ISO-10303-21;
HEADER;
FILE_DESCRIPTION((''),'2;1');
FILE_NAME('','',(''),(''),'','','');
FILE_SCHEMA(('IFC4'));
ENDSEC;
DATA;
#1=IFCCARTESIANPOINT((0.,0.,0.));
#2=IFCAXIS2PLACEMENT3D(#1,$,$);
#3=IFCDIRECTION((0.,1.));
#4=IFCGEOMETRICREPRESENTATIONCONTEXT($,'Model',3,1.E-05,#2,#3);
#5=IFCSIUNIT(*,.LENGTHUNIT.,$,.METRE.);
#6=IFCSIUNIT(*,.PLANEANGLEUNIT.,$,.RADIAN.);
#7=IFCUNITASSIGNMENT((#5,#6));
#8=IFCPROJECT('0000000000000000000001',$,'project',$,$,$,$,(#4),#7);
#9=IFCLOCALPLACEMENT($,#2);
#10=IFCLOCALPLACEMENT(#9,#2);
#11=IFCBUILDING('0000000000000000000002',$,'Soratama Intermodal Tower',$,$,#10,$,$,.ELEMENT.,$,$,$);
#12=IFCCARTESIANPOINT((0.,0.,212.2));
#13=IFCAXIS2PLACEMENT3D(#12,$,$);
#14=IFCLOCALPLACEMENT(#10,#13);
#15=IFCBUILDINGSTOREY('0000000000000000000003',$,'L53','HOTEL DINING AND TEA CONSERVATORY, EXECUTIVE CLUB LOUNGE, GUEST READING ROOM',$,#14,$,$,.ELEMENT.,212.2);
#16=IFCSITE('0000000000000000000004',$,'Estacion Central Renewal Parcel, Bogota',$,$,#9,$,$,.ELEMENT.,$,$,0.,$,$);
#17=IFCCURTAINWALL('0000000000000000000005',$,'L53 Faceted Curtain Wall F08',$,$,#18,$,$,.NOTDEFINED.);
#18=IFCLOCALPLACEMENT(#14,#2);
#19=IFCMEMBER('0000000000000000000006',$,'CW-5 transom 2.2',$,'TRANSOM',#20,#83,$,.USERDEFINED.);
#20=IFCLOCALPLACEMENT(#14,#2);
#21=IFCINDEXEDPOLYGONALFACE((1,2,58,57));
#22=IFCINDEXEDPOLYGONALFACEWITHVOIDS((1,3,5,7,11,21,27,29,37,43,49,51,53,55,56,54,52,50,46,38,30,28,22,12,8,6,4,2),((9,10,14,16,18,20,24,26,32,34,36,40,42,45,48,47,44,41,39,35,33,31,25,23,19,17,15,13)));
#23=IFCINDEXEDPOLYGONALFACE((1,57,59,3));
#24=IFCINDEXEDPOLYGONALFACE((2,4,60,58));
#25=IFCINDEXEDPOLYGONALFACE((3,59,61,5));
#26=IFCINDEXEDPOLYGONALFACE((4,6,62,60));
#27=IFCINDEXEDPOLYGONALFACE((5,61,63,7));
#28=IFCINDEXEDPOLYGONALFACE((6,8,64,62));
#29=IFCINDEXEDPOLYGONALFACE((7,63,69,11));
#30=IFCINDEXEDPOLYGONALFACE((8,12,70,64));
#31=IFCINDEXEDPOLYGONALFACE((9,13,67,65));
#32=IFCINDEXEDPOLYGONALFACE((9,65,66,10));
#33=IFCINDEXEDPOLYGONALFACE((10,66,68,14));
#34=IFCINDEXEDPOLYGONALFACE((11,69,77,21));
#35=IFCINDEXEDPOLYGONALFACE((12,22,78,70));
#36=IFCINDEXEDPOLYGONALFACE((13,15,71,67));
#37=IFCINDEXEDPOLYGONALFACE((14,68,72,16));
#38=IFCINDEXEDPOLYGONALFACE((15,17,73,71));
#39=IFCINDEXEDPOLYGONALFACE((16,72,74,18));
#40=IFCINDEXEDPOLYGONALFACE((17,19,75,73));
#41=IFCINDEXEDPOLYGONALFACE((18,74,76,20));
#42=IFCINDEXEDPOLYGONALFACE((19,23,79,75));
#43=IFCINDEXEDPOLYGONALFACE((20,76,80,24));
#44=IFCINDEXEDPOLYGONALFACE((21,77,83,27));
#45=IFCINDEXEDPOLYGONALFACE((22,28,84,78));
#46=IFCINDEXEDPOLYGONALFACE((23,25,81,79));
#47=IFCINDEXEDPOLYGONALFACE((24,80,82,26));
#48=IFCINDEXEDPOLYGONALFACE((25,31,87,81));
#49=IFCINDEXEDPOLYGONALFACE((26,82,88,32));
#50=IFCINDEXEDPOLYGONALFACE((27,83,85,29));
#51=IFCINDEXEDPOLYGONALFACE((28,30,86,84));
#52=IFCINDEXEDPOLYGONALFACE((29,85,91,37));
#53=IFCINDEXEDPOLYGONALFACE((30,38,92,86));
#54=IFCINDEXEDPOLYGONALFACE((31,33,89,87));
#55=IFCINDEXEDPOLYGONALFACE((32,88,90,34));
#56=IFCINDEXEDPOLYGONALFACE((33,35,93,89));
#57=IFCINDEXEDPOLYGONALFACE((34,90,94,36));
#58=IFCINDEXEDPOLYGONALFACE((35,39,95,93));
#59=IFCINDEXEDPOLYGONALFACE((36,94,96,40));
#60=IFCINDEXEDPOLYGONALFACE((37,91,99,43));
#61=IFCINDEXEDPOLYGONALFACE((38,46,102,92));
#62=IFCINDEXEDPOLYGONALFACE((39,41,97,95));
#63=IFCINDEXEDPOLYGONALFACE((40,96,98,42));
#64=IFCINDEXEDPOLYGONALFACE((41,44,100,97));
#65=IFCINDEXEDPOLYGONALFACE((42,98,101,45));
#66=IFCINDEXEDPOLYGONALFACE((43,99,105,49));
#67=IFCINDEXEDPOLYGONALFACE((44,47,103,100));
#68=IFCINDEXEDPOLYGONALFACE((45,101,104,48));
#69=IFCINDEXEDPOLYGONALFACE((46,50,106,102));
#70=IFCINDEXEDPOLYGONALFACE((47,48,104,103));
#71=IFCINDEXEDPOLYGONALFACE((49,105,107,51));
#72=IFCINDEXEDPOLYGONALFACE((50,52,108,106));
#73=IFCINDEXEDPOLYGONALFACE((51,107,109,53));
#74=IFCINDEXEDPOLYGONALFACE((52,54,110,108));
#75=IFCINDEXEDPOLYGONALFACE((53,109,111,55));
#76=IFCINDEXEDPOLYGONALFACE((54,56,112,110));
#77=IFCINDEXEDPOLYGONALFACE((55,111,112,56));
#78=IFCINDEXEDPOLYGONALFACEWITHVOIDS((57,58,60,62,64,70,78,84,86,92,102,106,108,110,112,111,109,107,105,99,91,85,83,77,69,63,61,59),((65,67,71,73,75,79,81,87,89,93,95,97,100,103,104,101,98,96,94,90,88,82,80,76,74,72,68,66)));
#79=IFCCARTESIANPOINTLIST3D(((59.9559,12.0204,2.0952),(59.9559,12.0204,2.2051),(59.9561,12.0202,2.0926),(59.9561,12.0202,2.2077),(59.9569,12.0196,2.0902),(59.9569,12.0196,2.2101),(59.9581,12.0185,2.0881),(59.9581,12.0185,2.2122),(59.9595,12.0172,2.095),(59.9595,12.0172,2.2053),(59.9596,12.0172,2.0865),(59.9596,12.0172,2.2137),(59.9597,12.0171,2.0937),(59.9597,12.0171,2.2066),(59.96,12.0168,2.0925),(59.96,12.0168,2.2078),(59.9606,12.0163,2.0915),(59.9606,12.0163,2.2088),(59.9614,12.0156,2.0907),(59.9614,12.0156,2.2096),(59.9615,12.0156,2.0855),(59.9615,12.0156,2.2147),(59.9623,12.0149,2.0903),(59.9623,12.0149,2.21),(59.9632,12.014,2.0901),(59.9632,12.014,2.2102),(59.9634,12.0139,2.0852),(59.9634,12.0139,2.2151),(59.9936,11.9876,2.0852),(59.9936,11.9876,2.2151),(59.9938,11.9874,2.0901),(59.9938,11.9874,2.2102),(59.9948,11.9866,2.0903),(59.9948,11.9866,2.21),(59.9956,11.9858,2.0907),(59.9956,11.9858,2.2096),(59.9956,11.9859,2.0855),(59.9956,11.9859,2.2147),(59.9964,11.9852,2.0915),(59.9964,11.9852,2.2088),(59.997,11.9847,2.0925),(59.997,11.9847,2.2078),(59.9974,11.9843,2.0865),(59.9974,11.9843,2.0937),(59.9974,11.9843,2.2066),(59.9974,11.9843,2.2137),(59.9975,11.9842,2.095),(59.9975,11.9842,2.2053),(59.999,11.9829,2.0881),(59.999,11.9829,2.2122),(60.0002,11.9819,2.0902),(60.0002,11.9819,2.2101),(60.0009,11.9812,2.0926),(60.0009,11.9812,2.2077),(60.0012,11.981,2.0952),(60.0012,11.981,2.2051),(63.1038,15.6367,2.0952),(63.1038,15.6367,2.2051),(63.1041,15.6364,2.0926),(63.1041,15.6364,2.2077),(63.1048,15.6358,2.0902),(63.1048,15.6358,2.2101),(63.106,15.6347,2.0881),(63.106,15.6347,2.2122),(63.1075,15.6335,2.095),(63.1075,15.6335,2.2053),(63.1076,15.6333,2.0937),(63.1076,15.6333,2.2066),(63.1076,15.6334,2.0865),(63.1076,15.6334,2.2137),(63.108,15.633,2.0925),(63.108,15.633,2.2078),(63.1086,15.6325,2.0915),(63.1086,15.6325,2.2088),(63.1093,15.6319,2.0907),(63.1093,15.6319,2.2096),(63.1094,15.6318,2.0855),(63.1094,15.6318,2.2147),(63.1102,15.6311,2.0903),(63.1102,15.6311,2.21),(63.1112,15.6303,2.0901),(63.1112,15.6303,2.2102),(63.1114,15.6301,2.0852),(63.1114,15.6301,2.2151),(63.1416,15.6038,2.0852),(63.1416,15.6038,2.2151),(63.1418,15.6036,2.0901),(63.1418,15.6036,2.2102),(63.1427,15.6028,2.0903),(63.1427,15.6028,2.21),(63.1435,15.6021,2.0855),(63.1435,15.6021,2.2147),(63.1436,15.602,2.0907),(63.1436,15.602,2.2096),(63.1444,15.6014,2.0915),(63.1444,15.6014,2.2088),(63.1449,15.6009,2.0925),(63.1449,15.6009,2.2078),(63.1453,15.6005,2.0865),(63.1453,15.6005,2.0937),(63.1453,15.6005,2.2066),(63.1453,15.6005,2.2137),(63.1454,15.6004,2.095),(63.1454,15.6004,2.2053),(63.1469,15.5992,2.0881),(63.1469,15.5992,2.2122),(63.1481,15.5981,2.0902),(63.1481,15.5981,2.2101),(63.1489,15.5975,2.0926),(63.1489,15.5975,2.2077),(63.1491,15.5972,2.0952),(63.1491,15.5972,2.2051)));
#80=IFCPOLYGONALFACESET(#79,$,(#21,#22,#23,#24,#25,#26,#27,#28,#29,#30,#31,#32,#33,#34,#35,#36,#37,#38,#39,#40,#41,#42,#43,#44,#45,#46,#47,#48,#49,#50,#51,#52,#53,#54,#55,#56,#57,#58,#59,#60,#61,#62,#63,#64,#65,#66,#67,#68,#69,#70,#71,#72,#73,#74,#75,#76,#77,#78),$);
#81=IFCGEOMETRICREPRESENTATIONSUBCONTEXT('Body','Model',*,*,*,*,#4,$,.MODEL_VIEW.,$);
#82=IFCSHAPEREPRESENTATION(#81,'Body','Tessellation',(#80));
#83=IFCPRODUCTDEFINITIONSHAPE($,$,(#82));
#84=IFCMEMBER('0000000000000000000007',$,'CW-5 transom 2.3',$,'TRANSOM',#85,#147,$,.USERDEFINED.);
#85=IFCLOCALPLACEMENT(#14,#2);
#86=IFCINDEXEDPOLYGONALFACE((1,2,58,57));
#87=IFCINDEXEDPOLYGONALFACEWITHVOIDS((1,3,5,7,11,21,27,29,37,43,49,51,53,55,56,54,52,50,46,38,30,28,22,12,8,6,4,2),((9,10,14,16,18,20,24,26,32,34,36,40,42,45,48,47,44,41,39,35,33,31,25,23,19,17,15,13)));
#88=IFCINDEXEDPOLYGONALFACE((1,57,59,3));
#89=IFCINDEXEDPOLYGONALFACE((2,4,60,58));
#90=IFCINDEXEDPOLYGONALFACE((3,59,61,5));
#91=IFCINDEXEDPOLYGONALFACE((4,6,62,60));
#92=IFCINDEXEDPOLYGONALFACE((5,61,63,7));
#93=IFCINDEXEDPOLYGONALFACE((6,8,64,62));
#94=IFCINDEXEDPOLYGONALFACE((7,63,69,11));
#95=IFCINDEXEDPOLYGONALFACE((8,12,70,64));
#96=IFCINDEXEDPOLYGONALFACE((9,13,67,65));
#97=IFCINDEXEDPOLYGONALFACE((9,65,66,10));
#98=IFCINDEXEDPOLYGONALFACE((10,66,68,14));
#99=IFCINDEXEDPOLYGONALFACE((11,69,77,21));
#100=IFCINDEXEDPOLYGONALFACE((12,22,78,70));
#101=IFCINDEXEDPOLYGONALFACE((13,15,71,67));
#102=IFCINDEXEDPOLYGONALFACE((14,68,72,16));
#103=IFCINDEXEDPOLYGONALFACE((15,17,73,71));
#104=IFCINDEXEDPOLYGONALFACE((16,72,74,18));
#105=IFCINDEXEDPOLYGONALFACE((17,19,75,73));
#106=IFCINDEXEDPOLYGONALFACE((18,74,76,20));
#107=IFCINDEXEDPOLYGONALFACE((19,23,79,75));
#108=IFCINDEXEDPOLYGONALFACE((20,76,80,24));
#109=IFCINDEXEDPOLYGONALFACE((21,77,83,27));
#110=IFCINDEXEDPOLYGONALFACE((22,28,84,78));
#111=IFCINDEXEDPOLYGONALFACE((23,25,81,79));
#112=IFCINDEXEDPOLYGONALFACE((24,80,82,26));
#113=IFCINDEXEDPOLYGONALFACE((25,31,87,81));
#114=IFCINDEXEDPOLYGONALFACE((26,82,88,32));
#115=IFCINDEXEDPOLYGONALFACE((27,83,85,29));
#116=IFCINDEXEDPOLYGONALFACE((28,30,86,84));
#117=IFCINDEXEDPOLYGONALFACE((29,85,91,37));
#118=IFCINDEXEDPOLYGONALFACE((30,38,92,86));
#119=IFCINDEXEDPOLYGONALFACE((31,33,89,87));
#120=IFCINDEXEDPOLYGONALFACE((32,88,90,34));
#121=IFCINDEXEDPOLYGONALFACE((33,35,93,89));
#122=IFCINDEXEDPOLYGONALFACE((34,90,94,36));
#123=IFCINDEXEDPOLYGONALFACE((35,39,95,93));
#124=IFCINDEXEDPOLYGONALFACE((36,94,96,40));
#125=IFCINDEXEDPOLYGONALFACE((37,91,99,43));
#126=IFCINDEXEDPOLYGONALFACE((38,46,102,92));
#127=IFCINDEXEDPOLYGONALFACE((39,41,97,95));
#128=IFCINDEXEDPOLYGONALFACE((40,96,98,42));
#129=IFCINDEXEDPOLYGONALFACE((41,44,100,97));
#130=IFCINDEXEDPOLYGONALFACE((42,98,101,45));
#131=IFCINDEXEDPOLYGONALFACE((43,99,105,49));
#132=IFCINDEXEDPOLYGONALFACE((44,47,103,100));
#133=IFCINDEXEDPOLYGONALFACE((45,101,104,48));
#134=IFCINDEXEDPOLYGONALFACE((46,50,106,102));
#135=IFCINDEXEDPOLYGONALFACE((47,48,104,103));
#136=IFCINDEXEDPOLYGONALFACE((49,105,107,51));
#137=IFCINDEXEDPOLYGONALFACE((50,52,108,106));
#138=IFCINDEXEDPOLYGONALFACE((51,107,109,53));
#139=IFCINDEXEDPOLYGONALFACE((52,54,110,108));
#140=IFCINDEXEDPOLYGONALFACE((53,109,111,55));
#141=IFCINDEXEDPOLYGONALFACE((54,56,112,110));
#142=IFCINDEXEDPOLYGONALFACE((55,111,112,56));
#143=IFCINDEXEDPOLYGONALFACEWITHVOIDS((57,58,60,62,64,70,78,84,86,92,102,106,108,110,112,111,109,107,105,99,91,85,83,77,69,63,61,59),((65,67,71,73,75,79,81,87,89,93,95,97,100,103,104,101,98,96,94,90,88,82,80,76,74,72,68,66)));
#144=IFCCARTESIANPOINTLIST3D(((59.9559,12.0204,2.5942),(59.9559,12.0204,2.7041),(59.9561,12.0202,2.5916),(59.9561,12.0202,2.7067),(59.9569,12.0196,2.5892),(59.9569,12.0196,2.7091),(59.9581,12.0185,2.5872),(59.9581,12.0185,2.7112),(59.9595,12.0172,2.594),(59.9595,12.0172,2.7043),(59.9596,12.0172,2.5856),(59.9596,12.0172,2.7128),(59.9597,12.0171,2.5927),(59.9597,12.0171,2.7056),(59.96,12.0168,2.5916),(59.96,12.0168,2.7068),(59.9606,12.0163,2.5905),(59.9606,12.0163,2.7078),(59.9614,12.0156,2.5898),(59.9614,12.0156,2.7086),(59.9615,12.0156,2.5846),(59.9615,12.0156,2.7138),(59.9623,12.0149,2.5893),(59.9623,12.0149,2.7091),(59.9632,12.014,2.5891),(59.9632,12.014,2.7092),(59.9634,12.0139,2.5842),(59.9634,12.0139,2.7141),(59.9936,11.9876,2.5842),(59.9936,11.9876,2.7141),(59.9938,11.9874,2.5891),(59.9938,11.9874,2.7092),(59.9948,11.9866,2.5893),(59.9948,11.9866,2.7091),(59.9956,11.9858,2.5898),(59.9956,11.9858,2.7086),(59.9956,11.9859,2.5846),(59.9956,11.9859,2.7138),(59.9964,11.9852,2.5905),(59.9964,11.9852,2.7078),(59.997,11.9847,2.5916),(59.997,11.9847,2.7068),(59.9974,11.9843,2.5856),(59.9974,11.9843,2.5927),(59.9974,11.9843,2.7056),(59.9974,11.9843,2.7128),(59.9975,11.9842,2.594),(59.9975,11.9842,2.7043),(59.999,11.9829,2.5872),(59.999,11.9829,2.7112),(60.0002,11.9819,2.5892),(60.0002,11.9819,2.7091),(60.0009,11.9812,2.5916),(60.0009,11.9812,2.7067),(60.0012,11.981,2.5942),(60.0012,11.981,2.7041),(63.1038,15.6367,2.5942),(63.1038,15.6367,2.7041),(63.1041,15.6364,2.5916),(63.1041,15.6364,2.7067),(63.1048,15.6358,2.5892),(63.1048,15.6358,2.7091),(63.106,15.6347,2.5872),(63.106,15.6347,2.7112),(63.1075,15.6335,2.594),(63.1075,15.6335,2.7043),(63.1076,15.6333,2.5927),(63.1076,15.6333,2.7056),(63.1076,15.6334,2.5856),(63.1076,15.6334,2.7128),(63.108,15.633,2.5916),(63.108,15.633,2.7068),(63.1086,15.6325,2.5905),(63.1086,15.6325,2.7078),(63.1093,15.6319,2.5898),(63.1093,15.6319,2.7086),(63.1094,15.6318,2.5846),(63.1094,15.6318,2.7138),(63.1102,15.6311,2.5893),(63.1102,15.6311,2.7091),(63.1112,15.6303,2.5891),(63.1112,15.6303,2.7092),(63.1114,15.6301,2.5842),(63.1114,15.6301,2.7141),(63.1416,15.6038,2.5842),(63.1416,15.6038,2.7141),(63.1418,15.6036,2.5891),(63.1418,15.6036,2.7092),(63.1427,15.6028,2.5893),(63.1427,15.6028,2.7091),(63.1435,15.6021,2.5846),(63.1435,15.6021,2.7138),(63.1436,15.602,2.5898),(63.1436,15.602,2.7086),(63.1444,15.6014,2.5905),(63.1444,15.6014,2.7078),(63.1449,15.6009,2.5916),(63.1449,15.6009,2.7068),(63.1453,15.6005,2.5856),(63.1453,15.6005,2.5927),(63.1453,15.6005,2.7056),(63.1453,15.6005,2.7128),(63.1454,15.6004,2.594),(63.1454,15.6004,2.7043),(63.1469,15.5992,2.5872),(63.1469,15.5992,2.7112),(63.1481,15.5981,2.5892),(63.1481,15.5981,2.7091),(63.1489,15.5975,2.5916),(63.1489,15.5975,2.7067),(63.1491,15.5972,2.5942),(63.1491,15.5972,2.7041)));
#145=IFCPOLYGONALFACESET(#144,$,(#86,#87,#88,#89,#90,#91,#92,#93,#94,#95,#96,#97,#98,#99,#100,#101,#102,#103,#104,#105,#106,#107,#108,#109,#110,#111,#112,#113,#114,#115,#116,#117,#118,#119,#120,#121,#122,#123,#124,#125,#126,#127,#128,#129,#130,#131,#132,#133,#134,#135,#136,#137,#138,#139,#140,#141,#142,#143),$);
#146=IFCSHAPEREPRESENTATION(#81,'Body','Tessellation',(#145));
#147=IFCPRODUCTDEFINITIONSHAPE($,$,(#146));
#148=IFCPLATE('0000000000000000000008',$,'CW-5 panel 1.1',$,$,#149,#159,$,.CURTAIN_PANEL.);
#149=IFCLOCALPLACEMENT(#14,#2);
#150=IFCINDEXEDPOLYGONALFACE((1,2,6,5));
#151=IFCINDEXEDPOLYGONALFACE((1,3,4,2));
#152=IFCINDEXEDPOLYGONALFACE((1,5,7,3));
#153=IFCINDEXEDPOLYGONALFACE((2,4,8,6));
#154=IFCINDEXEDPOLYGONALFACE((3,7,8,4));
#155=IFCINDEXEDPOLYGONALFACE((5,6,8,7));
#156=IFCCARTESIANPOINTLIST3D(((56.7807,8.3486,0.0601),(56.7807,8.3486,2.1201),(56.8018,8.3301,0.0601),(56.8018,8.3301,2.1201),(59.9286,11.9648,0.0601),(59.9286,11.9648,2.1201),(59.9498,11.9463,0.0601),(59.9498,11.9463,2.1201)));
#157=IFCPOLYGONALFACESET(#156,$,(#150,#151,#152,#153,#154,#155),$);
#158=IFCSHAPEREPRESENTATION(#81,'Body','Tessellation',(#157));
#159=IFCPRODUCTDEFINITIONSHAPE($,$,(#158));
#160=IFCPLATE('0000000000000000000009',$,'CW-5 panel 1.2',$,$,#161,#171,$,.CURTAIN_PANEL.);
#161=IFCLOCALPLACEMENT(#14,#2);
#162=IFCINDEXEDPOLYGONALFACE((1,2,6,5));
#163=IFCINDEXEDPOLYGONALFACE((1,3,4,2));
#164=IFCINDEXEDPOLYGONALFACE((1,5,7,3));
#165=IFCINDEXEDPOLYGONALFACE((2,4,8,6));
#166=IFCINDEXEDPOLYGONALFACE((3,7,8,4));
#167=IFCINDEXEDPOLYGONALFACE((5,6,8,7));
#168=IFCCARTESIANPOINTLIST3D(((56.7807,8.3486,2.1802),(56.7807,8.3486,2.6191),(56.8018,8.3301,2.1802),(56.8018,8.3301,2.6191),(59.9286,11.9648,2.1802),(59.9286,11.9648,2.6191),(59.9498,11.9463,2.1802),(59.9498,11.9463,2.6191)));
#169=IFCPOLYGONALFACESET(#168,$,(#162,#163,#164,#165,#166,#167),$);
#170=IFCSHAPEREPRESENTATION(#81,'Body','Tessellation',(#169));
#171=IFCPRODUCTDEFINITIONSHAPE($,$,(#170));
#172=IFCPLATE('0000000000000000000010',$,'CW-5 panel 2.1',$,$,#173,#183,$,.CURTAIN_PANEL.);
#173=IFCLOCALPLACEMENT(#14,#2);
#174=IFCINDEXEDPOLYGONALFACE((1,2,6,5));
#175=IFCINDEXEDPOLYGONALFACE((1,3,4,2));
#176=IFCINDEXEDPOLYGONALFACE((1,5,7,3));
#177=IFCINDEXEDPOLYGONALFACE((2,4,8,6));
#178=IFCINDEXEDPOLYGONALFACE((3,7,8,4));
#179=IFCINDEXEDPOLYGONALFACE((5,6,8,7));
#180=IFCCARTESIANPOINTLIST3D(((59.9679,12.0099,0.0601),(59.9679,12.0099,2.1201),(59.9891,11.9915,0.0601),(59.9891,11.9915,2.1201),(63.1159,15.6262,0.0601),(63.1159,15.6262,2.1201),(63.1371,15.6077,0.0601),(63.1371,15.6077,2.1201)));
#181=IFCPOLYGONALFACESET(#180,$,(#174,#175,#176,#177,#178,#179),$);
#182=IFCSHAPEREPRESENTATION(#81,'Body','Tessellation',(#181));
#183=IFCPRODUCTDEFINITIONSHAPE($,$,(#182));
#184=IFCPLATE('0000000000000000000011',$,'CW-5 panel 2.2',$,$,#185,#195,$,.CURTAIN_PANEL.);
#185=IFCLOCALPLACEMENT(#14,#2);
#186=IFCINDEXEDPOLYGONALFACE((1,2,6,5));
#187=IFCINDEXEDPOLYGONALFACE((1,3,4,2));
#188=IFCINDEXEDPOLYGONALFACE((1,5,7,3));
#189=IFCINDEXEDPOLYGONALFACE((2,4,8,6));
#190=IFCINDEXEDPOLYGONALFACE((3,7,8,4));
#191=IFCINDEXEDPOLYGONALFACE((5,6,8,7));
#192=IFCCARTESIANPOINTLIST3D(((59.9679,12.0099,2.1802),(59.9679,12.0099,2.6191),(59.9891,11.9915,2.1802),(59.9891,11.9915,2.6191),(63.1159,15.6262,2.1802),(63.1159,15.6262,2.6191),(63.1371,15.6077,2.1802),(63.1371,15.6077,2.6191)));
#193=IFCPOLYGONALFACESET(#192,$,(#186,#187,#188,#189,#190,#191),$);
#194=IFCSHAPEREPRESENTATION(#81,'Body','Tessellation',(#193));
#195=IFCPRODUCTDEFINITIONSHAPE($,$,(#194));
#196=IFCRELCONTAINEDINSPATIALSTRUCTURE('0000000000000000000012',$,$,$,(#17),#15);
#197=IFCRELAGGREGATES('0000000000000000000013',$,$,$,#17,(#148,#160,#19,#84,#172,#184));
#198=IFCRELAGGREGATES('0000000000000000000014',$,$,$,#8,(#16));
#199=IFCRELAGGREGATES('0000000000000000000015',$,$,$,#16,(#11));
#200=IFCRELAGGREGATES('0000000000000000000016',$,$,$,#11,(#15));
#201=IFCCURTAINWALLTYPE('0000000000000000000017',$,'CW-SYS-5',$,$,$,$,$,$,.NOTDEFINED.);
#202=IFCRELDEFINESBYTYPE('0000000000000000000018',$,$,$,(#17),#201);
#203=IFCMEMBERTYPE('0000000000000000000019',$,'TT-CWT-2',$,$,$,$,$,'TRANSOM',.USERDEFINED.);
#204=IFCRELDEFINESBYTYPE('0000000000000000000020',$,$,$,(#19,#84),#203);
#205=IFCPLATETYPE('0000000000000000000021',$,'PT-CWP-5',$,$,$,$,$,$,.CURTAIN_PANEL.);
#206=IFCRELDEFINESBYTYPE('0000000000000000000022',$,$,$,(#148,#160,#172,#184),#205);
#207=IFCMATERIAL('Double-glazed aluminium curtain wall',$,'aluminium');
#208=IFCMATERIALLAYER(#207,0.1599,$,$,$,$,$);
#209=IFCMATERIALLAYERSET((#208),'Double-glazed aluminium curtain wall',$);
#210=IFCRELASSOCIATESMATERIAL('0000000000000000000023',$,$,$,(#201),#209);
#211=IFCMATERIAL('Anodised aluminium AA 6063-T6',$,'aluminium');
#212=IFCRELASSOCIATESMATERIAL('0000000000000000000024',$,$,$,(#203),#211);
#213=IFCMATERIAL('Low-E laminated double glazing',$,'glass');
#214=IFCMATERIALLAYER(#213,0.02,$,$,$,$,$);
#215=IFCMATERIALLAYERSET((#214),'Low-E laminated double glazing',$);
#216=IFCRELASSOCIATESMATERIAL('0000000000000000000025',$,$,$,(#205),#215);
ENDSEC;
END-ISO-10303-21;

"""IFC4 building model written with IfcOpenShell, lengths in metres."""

from ifc_helpers import new_model, si_unit, direction, frame, origin, origin_2d, place, context, subcontext, project, spatial, rectangle, hollow_rectangle, extrude, material, layer, layer_set, material_profile, profile_set, type_object, element, aggregate, save


model = new_model("IFC4")

# Units and contexts
model_context = context("Model", 3, precision=1e-05, world=origin(), true_north=direction((0.0, 1.0)))
body_context = subcontext(model_context, "Body", "Model", "MODEL_VIEW")
ifc_project = project(units=[si_unit("LENGTHUNIT", "METRE"), si_unit("PLANEANGLEUNIT", "RADIAN")], contexts=[model_context])

# Site, building, storey
site_placement = place(None, origin())
site = spatial("IfcSite", under=ifc_project, at=site_placement, Name="Estacion Central Renewal Parcel, Bogota", CompositionType="ELEMENT", RefElevation=0.0)
building_placement = place(site_placement, origin())
building = spatial("IfcBuilding", under=site, at=building_placement, Name="Soratama Intermodal Tower", CompositionType="ELEMENT")
storey_placement = place(building_placement, frame((0.0, 0.0, 212.2)))
storey = spatial("IfcBuildingStorey", under=building, at=storey_placement, Name="L53", Description="HOTEL DINING AND TEA CONSERVATORY, EXECUTIVE CLUB LOUNGE, GUEST READING ROOM", CompositionType="ELEMENT", Elevation=212.2)

# Curtain wall, members, plates
ifc_material_1 = material(Name="Double-glazed aluminium curtain wall", Category="aluminium")
ifc_layer_1 = layer(ifc_material_1, 0.1599)
ifc_layer_set_1 = layer_set([ifc_layer_1], Name="Double-glazed aluminium curtain wall")
curtain_wall_type = type_object("IfcCurtainWallType", Name="CW-SYS-5", PredefinedType="NOTDEFINED", material=ifc_layer_set_1)
curtain_wall_placement = place(storey_placement, origin())
curtain_wall = element("IfcCurtainWall", 1, at=curtain_wall_placement, inside=storey, type_object=curtain_wall_type, Name="L53 Faceted Curtain Wall F08", PredefinedType="NOTDEFINED")
ifc_material_2 = material(Name="Anodised aluminium AA 6063-T6", Category="aluminium")
ifc_material_profile_1 = material_profile(ifc_material_2, hollow_rectangle(XDim=0.0601, YDim=0.1299, WallThickness=0.0049, InnerFilletRadius=0.0049, OuterFilletRadius=0.01, at=origin_2d()), Name="CWT130X60X5")
ifc_profile_set_1 = profile_set([ifc_material_profile_1], Name="Anodised aluminium AA 6063-T6")
member_type_1 = type_object("IfcMemberType", Name="TT-CWT-2", ElementType="TRANSOM", PredefinedType="USERDEFINED", material=ifc_profile_set_1)
member_1_placement = place(storey_placement, frame((59.9785, 12.0007, 2.1501), z_axis=(0.656585, 0.754252, 0.0), x_axis=(-0.754252, 0.656585, 0.0)))
member_1 = element("IfcMember", 2, at=member_1_placement, type_object=member_type_1, Name="CW-5 transom 2.2", ObjectType="TRANSOM", PredefinedType="USERDEFINED", context=body_context, shape_type="SweptSolid", body=[
    extrude(hollow_rectangle(XDim=0.0601, YDim=0.1299, WallThickness=0.0049, InnerFilletRadius=0.0049, OuterFilletRadius=0.01, at=origin_2d()), origin(), (0.0, 0.0, 1.0), 4.7944),
])
member_2_placement = place(storey_placement, frame((59.9785, 12.0007, 2.6492), z_axis=(0.656585, 0.754252, 0.0), x_axis=(-0.754252, 0.656585, 0.0)))
member_2 = element("IfcMember", 3, at=member_2_placement, type_object=member_type_1, Name="CW-5 transom 2.3", ObjectType="TRANSOM", PredefinedType="USERDEFINED", context=body_context, shape_type="SweptSolid", body=[
    extrude(hollow_rectangle(XDim=0.0601, YDim=0.1299, WallThickness=0.0049, InnerFilletRadius=0.0049, OuterFilletRadius=0.01, at=origin_2d()), origin(), (0.0, 0.0, 1.0), 4.7944),
])
ifc_material_3 = material(Name="Low-E laminated double glazing", Category="glass")
ifc_layer_2 = layer(ifc_material_3, 0.02)
ifc_layer_set_2 = layer_set([ifc_layer_2], Name="Low-E laminated double glazing")
plate_type = type_object("IfcPlateType", Name="PT-CWP-5", PredefinedType="CURTAIN_PANEL", material=ifc_layer_set_2)
plate_1_placement = place(storey_placement, frame((58.3652, 10.1475, 0.0601), z_axis=(0.0, 0.0, 1.0), x_axis=(0.656585, 0.754252, 0.0)))
plate_1 = element("IfcPlate", 4, at=plate_1_placement, type_object=plate_type, Name="CW-5 panel 1.1", PredefinedType="CURTAIN_PANEL", context=body_context, shape_type="SweptSolid", body=[
    extrude(rectangle(XDim=4.7944, YDim=0.0281, at=origin_2d()), origin(), (0.0, 0.0, 1.0), 2.0601),
])
plate_2_placement = place(storey_placement, frame((58.3652, 10.1475, 2.1802), z_axis=(0.0, 0.0, 1.0), x_axis=(0.656585, 0.754252, 0.0)))
plate_2 = element("IfcPlate", 5, at=plate_2_placement, type_object=plate_type, Name="CW-5 panel 1.2", PredefinedType="CURTAIN_PANEL", context=body_context, shape_type="SweptSolid", body=[
    extrude(rectangle(XDim=4.7944, YDim=0.0281, at=origin_2d()), origin(), (0.0, 0.0, 1.0), 0.439),
])
plate_3_placement = place(storey_placement, frame((61.5525, 13.8088, 0.0601), z_axis=(0.0, 0.0, 1.0), x_axis=(0.656585, 0.754252, 0.0)))
plate_3 = element("IfcPlate", 6, at=plate_3_placement, type_object=plate_type, Name="CW-5 panel 2.1", PredefinedType="CURTAIN_PANEL", context=body_context, shape_type="SweptSolid", body=[
    extrude(rectangle(XDim=4.7944, YDim=0.0281, at=origin_2d()), origin(), (0.0, 0.0, 1.0), 2.0601),
])
plate_4_placement = place(storey_placement, frame((61.5525, 13.8088, 2.1802), z_axis=(0.0, 0.0, 1.0), x_axis=(0.656585, 0.754252, 0.0)))
plate_4 = element("IfcPlate", 7, at=plate_4_placement, type_object=plate_type, Name="CW-5 panel 2.2", PredefinedType="CURTAIN_PANEL", context=body_context, shape_type="SweptSolid", body=[
    extrude(rectangle(XDim=4.7944, YDim=0.0281, at=origin_2d()), origin(), (0.0, 0.0, 1.0), 0.439),
])
aggregate(curtain_wall, [plate_1, plate_2, member_1, member_2, plate_3, plate_4])

save(model, "model.ifc")
